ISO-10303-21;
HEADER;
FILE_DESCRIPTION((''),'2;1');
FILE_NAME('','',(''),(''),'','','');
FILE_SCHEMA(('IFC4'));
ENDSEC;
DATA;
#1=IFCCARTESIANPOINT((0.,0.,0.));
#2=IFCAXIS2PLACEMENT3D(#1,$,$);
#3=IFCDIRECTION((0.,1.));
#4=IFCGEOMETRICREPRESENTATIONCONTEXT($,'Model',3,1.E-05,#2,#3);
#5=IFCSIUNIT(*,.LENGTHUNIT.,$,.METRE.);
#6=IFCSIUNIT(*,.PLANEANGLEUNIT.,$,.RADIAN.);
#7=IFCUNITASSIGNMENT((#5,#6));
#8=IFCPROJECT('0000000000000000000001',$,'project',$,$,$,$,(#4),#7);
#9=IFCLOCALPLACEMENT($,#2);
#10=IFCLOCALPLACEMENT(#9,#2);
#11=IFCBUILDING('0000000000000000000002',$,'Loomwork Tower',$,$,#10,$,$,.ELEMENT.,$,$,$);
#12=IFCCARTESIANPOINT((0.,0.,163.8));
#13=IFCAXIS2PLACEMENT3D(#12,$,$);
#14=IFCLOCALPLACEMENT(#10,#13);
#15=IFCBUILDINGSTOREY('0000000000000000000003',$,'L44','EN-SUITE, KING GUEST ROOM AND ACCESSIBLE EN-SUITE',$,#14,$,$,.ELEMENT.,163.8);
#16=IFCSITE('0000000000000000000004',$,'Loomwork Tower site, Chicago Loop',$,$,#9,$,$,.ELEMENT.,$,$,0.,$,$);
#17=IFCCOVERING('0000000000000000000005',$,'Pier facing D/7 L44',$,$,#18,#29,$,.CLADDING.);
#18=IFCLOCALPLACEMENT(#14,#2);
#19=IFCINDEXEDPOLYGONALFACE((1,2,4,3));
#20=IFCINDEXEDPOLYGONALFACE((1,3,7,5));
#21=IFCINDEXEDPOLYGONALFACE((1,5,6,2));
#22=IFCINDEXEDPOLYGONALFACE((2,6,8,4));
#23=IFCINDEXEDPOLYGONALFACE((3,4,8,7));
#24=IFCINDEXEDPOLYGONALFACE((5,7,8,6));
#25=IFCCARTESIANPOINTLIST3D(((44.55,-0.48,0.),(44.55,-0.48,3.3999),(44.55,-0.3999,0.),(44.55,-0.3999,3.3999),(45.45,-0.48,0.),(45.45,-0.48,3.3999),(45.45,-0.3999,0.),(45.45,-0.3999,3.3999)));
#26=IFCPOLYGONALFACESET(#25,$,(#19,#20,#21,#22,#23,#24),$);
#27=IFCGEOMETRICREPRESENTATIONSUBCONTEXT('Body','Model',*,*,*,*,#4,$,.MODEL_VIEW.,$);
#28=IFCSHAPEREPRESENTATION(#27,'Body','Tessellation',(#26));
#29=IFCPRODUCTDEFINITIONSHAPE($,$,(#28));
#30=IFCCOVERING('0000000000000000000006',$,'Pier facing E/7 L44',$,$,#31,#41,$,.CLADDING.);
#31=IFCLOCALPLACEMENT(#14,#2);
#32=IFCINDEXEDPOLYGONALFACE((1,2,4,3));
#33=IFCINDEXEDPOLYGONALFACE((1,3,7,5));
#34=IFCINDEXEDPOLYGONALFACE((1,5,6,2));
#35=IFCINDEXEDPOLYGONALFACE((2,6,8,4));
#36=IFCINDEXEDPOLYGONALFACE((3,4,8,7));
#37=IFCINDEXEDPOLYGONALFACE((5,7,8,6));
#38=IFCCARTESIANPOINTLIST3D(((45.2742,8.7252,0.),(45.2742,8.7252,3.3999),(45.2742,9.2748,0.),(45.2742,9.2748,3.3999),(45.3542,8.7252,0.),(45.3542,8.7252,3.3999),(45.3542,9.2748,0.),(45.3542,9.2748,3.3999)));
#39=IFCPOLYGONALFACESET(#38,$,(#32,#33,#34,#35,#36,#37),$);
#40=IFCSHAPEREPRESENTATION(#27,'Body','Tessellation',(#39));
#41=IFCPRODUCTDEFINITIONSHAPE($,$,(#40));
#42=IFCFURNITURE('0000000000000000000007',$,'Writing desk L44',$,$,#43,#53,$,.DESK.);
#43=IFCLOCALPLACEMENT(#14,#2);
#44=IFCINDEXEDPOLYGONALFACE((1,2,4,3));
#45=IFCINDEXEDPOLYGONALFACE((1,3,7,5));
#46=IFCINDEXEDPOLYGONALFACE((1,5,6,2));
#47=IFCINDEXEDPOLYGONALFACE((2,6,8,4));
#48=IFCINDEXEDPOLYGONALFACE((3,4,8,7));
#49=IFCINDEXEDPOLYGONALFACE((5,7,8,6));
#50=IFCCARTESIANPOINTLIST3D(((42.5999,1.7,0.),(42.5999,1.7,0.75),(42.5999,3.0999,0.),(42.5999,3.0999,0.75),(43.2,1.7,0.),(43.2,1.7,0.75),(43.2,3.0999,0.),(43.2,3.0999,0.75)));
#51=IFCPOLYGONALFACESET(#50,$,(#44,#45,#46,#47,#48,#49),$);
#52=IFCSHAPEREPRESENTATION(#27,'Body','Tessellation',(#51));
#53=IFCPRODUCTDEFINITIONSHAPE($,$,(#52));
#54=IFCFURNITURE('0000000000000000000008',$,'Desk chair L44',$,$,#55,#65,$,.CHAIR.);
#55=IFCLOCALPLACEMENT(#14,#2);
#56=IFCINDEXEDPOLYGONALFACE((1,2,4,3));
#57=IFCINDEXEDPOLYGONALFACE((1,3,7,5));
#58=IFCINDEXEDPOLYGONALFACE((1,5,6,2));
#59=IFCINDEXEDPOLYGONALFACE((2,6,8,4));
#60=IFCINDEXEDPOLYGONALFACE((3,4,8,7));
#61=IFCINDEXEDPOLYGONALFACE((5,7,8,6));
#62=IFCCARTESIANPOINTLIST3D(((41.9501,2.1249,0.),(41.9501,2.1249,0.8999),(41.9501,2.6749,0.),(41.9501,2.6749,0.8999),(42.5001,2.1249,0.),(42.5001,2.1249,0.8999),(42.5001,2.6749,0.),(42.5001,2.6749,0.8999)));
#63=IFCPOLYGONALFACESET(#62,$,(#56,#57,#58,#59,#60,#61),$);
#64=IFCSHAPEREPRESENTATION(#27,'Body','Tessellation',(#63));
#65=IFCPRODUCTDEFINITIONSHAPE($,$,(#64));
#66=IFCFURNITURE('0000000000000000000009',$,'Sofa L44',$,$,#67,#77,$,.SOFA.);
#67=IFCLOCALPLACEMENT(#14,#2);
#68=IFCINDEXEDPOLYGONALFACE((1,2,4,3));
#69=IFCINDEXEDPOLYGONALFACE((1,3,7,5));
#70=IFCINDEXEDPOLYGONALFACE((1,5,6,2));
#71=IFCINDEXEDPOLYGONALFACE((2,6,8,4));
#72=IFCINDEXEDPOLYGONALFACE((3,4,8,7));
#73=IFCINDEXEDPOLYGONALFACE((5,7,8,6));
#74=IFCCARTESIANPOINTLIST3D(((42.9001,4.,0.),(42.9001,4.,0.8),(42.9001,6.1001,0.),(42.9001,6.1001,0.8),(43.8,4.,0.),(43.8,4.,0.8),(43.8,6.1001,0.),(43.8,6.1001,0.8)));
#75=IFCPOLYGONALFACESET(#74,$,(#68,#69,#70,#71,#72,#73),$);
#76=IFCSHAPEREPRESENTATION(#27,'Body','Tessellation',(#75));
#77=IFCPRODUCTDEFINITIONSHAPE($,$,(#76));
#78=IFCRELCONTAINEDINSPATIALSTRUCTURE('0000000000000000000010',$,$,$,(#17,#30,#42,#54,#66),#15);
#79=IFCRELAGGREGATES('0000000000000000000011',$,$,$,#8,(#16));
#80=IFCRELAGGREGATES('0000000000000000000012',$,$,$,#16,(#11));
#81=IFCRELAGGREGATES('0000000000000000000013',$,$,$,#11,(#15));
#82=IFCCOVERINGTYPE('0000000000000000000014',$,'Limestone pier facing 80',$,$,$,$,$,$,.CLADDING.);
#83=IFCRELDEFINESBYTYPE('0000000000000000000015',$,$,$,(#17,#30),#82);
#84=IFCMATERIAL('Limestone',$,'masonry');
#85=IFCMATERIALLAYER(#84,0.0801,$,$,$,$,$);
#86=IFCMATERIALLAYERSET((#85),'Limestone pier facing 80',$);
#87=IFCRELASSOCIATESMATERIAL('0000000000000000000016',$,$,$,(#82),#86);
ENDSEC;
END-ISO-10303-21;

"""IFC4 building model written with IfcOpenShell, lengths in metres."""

from ifc_helpers import new_model, si_unit, direction, frame, origin, origin_2d, place, context, subcontext, project, spatial, rectangle, extrude, material, layer, layer_set, type_object, element, save


model = new_model("IFC4")

# Units and contexts
model_context = context("Model", 3, precision=1e-05, world=origin(), true_north=direction((0.0, 1.0)))
body_context = subcontext(model_context, "Body", "Model", "MODEL_VIEW")
ifc_project = project(units=[si_unit("LENGTHUNIT", "METRE"), si_unit("PLANEANGLEUNIT", "RADIAN")], contexts=[model_context])

# Site, building, storey
site_placement = place(None, origin())
site = spatial("IfcSite", under=ifc_project, at=site_placement, Name="Loomwork Tower site, Chicago Loop", CompositionType="ELEMENT", RefElevation=0.0)
building_placement = place(site_placement, origin())
building = spatial("IfcBuilding", under=site, at=building_placement, Name="Loomwork Tower", CompositionType="ELEMENT")
storey_placement = place(building_placement, frame((0.0, 0.0, 163.8)))
storey = spatial("IfcBuildingStorey", under=building, at=storey_placement, Name="L44", Description="EN-SUITE, KING GUEST ROOM AND ACCESSIBLE EN-SUITE", CompositionType="ELEMENT", Elevation=163.8)

# Coverings
ifc_material_1 = material(Name="Limestone", Category="masonry")
ifc_layer_1 = layer(ifc_material_1, 0.0801)
ifc_layer_set_1 = layer_set([ifc_layer_1], Name="Limestone pier facing 80")
covering_type = type_object("IfcCoveringType", Name="Limestone pier facing 80", PredefinedType="CLADDING", material=ifc_layer_set_1)
covering_1_placement = place(storey_placement, frame((45.0, -0.4399, 0.0), z_axis=(0.0, 0.0, 1.0), x_axis=(1.0, 0.0, 0.0)))
element("IfcCovering", 1, at=covering_1_placement, inside=storey, type_object=covering_type, Name="Pier facing D/7 L44", PredefinedType="CLADDING", context=body_context, shape_type="SweptSolid", body=[
    extrude(rectangle(XDim=0.8999, YDim=0.0801, at=origin_2d()), origin(), (0.0, 0.0, 1.0), 3.3999),
])
covering_2_placement = place(storey_placement, frame((45.3142, 9.0, 0.0), z_axis=(0.0, 0.0, 1.0), x_axis=(1.0, 0.0, 0.0)))
element("IfcCovering", 2, at=covering_2_placement, inside=storey, type_object=covering_type, Name="Pier facing E/7 L44", PredefinedType="CLADDING", context=body_context, shape_type="SweptSolid", body=[
    extrude(rectangle(XDim=0.0801, YDim=0.5496, at=origin_2d()), origin(), (0.0, 0.0, 1.0), 3.3999),
])

# Furniture
furniture_1_placement = place(storey_placement, frame((42.8999, 2.3999, 0.0), z_axis=(0.0, 0.0, 1.0), x_axis=(1.0, 0.0, 0.0)))
element("IfcFurniture", 3, at=furniture_1_placement, inside=storey, Name="Writing desk L44", PredefinedType="DESK", context=body_context, shape_type="SweptSolid", body=[
    extrude(rectangle(XDim=0.6001, YDim=1.3999, at=origin_2d()), origin(), (0.0, 0.0, 1.0), 0.75),
])
furniture_2_placement = place(storey_placement, frame((42.2251, 2.3999, 0.0), z_axis=(0.0, 0.0, 1.0), x_axis=(1.0, 0.0, 0.0)))
element("IfcFurniture", 4, at=furniture_2_placement, inside=storey, Name="Desk chair L44", PredefinedType="CHAIR", context=body_context, shape_type="SweptSolid", body=[
    extrude(rectangle(XDim=0.55, YDim=0.55, at=origin_2d()), origin(), (0.0, 0.0, 1.0), 0.8999),
])
furniture_3_placement = place(storey_placement, frame((43.3501, 5.05, 0.0), z_axis=(0.0, 0.0, 1.0), x_axis=(1.0, 0.0, 0.0)))
element("IfcFurniture", 5, at=furniture_3_placement, inside=storey, Name="Sofa L44", PredefinedType="SOFA", context=body_context, shape_type="SweptSolid", body=[
    extrude(rectangle(XDim=0.8999, YDim=2.1001, at=origin_2d()), origin(), (0.0, 0.0, 1.0), 0.8),
])

save(model, "model.ifc")
